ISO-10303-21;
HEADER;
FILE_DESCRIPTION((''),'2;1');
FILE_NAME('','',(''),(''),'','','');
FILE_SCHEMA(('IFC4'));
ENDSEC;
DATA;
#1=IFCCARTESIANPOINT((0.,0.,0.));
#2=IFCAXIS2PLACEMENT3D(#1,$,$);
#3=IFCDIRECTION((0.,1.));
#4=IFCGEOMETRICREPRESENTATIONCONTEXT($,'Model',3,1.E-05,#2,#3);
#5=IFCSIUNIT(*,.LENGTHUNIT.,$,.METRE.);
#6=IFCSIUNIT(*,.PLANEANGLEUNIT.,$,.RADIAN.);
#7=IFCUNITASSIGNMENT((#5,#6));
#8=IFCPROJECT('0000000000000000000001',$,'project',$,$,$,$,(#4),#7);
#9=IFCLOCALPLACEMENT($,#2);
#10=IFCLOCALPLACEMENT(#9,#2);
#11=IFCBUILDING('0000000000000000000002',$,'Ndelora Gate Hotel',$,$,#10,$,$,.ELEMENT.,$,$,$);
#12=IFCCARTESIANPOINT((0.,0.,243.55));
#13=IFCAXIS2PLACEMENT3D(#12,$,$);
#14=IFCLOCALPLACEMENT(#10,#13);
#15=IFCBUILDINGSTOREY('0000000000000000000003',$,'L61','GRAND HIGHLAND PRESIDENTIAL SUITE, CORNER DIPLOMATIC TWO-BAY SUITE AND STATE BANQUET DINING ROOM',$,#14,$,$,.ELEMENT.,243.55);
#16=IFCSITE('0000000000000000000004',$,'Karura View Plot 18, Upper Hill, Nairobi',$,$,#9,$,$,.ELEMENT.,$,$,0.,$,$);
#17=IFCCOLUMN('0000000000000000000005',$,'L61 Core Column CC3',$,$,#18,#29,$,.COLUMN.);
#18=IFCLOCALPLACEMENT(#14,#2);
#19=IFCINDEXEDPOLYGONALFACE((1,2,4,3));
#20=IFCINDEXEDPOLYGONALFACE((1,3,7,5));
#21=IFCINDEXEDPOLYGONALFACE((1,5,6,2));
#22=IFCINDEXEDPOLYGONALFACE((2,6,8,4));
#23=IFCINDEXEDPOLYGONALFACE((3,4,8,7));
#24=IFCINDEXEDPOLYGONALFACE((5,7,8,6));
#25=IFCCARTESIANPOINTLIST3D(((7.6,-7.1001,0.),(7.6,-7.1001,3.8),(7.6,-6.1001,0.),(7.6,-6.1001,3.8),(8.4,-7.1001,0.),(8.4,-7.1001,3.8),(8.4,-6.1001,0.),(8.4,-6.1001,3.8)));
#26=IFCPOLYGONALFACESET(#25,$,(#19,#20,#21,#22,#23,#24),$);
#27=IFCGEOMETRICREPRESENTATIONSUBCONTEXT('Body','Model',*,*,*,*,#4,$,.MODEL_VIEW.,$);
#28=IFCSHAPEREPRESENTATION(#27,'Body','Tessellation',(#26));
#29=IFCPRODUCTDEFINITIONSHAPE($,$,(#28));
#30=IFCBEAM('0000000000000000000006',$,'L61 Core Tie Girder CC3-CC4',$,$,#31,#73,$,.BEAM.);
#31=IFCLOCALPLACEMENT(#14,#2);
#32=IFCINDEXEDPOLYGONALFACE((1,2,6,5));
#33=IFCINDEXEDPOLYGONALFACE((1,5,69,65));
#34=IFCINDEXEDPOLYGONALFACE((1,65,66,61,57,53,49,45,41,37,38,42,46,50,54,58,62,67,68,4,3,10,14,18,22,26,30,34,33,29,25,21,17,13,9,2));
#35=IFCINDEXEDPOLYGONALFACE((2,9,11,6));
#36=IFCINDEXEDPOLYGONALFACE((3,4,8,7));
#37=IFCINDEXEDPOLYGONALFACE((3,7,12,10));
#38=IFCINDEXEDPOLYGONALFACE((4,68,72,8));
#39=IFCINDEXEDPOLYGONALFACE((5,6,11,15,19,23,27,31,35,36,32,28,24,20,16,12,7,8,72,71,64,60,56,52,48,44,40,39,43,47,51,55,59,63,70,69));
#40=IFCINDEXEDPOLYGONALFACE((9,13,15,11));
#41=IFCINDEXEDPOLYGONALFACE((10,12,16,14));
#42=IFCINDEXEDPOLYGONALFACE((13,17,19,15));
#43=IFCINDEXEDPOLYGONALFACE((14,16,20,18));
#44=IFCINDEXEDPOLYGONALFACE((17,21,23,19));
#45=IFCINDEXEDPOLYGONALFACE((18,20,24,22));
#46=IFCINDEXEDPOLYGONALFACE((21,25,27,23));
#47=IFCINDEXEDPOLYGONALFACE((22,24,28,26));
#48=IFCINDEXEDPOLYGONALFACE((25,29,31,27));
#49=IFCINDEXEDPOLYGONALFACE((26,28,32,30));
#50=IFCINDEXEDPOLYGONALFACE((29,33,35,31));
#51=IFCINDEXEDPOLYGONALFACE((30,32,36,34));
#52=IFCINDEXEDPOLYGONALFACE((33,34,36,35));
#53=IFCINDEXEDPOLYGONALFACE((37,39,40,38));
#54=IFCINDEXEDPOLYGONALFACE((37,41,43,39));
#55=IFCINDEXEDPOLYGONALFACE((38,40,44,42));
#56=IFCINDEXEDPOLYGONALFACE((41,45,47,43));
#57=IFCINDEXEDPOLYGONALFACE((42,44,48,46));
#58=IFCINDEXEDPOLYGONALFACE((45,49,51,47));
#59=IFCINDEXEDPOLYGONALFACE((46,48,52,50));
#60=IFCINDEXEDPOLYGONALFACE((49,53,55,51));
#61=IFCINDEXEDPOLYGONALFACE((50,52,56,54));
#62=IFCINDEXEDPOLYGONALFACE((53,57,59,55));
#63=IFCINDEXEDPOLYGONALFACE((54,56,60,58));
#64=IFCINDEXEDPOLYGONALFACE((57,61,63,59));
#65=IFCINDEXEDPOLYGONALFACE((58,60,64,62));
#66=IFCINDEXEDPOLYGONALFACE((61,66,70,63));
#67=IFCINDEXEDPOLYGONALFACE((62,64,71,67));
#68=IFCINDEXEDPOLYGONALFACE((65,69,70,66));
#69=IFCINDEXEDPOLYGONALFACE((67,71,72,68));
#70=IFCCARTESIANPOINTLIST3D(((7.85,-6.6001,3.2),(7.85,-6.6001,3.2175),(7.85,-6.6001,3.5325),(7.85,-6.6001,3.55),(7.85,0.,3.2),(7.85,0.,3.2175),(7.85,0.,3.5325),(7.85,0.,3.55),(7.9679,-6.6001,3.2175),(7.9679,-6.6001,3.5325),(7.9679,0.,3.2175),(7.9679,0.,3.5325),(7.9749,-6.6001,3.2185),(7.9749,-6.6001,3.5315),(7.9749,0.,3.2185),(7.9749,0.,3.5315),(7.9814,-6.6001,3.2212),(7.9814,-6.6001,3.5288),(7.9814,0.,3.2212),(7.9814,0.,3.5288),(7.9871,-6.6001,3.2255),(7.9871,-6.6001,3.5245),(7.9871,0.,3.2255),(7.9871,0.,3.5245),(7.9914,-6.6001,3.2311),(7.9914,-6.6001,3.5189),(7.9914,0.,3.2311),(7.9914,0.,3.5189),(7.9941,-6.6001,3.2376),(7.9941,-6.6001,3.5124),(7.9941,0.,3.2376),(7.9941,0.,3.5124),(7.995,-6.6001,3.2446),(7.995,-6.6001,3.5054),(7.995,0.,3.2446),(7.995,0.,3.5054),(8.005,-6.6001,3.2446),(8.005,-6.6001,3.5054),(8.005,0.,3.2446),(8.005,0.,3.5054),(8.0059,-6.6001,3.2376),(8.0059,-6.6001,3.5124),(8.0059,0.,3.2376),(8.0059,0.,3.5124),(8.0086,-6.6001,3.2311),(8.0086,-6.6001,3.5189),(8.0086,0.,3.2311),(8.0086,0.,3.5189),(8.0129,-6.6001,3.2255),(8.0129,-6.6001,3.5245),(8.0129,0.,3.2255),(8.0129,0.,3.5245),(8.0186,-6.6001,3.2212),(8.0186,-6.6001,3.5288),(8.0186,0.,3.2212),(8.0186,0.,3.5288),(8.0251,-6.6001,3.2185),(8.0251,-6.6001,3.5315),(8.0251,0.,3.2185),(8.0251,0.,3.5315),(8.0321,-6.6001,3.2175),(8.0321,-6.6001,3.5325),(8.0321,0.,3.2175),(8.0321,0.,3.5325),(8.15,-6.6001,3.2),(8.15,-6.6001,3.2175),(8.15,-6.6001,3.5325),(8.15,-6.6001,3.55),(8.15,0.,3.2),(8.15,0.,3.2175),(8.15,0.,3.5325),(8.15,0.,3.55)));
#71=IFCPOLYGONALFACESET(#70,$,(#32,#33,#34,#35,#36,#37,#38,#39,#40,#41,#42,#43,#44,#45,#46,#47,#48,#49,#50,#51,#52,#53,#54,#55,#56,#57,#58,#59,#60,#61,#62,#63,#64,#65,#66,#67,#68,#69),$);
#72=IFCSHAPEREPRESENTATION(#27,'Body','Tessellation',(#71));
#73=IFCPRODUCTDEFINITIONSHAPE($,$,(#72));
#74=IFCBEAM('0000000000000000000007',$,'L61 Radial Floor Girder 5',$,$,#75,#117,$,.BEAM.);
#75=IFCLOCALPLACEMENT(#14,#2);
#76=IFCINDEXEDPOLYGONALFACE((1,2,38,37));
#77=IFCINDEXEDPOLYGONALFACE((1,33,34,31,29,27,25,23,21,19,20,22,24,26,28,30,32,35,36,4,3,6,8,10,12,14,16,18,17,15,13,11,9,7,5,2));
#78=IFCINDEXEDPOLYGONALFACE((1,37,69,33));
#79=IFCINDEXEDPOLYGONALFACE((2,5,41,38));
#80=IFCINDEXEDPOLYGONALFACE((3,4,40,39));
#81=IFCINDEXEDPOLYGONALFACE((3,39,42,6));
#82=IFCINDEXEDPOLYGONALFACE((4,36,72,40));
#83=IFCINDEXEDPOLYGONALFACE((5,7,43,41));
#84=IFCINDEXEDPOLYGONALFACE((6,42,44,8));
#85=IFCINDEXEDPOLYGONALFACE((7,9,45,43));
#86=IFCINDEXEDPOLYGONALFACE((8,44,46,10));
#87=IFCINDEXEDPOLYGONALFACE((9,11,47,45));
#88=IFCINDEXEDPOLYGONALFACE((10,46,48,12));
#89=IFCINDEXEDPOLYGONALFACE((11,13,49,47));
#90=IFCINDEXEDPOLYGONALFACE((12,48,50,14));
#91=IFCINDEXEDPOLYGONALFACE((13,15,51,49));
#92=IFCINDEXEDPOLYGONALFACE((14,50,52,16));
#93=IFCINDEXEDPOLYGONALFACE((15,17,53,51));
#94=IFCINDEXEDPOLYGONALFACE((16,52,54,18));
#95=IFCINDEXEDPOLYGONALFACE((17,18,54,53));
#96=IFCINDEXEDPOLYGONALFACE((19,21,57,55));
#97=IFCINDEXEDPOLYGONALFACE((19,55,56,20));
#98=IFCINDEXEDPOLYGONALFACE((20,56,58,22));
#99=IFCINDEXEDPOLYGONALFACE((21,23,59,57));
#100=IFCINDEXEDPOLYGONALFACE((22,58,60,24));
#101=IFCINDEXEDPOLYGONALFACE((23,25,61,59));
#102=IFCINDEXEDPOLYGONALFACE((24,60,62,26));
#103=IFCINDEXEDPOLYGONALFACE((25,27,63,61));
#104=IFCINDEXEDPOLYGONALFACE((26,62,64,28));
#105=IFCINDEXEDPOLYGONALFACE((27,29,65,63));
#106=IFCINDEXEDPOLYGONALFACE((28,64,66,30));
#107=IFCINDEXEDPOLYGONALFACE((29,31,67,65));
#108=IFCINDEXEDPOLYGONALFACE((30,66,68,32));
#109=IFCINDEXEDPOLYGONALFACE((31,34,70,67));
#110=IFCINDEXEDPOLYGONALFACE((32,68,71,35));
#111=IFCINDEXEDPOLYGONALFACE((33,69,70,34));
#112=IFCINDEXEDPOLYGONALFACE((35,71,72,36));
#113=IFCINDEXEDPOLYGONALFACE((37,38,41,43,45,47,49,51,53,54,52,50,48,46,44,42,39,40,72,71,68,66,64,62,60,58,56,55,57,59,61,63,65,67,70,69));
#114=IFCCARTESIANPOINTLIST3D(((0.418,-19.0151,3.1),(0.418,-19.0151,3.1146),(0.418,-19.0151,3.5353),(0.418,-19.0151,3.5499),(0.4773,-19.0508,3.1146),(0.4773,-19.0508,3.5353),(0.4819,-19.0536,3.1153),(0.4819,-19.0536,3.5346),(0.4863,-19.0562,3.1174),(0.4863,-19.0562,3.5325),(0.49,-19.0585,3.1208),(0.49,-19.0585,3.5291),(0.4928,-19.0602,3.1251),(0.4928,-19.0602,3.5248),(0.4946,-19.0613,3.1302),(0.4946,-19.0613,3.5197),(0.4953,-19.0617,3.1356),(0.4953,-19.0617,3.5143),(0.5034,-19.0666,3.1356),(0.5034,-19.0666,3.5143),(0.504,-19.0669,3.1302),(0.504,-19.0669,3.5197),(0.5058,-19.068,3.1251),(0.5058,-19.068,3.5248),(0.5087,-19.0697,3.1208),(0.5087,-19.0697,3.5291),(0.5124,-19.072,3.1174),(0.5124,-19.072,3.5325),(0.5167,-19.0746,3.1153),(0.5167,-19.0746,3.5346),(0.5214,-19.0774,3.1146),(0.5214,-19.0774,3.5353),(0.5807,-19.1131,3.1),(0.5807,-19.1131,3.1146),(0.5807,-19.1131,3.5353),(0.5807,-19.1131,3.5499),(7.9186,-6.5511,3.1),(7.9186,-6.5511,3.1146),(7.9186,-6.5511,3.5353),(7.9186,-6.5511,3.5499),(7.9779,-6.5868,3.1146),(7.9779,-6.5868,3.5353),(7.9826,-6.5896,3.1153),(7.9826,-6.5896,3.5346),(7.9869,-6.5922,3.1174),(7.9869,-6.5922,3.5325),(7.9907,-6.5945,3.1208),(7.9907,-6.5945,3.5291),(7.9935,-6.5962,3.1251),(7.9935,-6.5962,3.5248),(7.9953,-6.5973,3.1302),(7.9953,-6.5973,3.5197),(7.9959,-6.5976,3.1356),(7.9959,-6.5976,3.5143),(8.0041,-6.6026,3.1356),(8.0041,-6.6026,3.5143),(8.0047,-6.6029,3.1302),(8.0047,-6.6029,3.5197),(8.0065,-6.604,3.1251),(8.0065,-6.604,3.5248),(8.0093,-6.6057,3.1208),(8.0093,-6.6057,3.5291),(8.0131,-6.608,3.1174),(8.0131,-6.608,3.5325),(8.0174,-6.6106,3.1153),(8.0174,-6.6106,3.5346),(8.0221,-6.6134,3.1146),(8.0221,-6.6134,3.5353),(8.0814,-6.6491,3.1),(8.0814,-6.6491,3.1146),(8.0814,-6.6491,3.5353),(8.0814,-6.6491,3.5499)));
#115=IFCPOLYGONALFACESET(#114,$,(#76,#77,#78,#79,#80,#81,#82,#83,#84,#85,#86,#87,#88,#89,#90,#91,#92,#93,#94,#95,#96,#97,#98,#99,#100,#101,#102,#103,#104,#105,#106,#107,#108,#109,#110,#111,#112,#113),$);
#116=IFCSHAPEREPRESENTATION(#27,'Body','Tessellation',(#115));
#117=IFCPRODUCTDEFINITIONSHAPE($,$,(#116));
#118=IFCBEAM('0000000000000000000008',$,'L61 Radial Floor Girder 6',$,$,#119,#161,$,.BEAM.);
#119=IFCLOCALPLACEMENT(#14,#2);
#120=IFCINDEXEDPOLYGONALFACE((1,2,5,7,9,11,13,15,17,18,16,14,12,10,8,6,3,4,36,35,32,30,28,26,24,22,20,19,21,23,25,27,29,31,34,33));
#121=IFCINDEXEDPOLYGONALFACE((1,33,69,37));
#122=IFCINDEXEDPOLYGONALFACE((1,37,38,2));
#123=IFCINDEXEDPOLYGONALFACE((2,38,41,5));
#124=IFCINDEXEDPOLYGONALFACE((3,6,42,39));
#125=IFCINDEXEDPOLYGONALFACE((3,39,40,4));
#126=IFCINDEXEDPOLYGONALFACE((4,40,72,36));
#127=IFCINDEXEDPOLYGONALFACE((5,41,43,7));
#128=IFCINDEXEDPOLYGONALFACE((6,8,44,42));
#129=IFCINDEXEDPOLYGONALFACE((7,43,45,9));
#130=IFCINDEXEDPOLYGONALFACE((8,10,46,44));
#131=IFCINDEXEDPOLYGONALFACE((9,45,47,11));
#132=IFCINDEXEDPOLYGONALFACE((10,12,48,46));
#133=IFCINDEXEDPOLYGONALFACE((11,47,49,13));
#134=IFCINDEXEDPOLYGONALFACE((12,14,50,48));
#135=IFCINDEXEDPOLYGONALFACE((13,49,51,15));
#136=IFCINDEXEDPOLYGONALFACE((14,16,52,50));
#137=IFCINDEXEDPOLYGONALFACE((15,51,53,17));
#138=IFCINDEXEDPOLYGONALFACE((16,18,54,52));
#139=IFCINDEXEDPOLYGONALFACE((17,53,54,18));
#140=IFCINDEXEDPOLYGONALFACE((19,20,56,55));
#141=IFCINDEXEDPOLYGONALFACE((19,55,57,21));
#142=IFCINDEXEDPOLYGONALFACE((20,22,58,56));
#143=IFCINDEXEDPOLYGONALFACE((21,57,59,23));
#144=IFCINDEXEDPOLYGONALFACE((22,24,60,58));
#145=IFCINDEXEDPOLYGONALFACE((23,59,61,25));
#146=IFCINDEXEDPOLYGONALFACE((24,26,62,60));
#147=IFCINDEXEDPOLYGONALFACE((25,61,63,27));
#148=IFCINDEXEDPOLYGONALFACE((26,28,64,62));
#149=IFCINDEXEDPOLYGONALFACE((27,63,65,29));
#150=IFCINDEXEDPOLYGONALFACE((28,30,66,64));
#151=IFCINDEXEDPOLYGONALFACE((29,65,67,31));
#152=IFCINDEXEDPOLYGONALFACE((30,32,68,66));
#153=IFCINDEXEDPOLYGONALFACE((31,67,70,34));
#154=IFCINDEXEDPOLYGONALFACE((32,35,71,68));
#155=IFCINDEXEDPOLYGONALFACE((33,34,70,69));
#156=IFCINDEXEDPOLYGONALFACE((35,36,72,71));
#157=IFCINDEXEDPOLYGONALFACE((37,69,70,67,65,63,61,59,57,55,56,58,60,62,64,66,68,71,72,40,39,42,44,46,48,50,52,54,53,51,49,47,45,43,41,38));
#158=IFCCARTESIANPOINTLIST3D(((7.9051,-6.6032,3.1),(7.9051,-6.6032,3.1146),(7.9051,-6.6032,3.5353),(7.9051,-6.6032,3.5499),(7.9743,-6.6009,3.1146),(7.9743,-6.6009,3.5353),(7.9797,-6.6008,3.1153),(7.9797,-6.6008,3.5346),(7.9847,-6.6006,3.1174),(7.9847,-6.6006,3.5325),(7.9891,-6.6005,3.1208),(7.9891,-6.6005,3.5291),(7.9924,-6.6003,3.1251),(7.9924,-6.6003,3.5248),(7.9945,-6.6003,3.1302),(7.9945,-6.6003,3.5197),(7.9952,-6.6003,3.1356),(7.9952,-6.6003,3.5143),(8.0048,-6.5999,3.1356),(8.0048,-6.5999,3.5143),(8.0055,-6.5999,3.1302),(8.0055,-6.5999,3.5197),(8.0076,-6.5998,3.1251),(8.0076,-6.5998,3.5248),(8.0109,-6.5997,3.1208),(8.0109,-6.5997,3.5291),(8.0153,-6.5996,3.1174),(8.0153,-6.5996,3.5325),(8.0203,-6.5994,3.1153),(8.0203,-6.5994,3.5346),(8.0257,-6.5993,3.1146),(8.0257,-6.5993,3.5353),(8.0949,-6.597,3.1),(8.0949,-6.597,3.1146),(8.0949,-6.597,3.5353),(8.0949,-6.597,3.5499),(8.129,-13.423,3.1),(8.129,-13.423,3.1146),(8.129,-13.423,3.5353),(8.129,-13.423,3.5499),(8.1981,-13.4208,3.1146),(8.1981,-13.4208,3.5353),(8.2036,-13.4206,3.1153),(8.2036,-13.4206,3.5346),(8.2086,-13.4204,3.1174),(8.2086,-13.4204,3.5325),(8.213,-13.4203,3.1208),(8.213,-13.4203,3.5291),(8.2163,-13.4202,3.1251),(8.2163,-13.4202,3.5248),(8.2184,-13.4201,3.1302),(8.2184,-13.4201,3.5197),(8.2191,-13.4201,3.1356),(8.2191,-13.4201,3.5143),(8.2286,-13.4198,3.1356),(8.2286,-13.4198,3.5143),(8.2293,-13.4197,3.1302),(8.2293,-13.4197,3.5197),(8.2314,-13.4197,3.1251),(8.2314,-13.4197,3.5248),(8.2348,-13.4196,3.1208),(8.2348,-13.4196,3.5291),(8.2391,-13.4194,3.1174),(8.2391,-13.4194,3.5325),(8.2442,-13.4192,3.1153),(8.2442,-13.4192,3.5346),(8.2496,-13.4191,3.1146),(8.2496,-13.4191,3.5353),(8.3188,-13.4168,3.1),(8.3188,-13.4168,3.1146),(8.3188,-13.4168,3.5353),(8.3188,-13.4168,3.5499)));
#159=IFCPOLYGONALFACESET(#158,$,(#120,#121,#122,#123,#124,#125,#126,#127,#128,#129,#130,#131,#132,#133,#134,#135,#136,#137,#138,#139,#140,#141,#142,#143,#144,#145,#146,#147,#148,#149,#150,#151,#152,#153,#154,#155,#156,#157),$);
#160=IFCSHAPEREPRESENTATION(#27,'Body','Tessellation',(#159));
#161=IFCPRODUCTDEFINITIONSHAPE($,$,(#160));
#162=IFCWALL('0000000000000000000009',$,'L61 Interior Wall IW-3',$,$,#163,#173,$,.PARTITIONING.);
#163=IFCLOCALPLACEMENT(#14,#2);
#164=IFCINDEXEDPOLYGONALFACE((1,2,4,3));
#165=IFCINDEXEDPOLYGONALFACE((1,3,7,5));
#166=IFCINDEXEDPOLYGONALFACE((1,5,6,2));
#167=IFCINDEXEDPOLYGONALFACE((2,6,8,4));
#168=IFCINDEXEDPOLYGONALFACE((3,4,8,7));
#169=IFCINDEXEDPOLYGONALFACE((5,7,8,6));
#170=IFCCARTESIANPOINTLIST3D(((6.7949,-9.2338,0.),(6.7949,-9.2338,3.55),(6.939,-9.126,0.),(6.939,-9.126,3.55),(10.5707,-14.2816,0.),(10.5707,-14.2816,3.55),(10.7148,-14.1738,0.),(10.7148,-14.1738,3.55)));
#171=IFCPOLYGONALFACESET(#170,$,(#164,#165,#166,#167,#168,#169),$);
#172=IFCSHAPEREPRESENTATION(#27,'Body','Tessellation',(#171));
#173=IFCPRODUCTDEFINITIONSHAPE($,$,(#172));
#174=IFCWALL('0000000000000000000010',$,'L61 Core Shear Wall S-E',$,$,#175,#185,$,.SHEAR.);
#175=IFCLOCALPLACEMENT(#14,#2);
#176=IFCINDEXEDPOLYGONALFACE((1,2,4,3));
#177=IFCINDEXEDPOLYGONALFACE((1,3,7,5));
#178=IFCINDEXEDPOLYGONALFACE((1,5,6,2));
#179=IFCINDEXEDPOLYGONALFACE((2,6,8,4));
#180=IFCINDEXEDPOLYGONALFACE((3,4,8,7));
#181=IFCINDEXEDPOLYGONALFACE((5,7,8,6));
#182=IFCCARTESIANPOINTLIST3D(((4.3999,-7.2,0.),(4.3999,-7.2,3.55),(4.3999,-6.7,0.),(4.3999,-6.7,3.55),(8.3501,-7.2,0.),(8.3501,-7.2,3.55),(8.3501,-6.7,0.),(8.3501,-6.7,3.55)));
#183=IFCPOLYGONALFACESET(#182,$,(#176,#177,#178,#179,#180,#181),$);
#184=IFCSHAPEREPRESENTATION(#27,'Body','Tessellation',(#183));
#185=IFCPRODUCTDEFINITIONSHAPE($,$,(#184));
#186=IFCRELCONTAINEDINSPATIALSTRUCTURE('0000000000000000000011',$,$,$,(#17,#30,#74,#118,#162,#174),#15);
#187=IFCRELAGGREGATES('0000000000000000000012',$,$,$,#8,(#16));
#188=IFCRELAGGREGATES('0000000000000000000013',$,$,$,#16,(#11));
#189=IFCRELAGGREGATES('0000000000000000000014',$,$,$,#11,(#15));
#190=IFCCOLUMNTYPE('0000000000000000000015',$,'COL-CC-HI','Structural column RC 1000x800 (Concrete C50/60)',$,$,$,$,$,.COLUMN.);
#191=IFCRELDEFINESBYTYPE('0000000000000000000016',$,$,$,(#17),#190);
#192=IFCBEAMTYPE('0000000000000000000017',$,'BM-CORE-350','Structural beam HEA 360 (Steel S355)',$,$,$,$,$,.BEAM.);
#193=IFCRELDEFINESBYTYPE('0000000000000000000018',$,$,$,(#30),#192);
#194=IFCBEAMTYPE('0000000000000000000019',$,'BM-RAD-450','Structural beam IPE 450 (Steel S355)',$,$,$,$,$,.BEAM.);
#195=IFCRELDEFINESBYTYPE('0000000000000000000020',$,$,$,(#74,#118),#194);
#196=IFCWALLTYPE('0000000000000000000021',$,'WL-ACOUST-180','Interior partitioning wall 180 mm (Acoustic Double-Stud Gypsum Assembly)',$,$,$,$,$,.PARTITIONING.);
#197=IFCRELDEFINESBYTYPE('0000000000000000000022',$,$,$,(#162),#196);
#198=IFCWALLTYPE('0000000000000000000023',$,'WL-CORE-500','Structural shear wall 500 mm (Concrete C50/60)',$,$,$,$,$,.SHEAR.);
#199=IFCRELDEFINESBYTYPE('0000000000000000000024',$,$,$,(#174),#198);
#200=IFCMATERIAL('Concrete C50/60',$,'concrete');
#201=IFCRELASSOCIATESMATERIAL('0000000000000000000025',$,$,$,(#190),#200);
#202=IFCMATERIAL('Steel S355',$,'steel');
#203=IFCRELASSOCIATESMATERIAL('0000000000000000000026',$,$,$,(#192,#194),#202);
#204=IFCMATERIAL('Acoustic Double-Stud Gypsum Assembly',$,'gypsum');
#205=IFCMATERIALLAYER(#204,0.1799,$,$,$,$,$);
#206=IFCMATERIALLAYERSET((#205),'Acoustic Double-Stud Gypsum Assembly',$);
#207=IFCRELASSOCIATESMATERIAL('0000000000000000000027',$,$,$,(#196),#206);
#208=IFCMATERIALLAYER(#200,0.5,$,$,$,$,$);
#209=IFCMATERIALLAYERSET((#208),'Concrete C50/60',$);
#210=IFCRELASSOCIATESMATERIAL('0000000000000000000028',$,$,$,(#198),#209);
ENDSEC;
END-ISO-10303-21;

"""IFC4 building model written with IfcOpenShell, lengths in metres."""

from ifc_helpers import new_model, si_unit, direction, frame, frame_2d, origin, origin_2d, place, context, subcontext, project, spatial, rectangle, i_section, extrude, material, layer, layer_set, material_profile, profile_set, type_object, element, save


model = new_model("IFC4")

# Units and contexts
model_context = context("Model", 3, precision=1e-05, world=origin(), true_north=direction((0.0, 1.0)))
body_context = subcontext(model_context, "Body", "Model", "MODEL_VIEW")
ifc_project = project(units=[si_unit("LENGTHUNIT", "METRE"), si_unit("PLANEANGLEUNIT", "RADIAN")], contexts=[model_context])

# Site, building, storey
site_placement = place(None, origin())
site = spatial("IfcSite", under=ifc_project, at=site_placement, Name="Karura View Plot 18, Upper Hill, Nairobi", CompositionType="ELEMENT", RefElevation=0.0)
building_placement = place(site_placement, origin())
building = spatial("IfcBuilding", under=site, at=building_placement, Name="Ndelora Gate Hotel", CompositionType="ELEMENT")
storey_placement = place(building_placement, frame((0.0, 0.0, 243.55)))
storey = spatial("IfcBuildingStorey", under=building, at=storey_placement, Name="L61", Description="GRAND HIGHLAND PRESIDENTIAL SUITE, CORNER DIPLOMATIC TWO-BAY SUITE AND STATE BANQUET DINING ROOM", CompositionType="ELEMENT", Elevation=243.55)

# Column
ifc_material_1 = material(Name="Concrete C50/60", Category="concrete")
ifc_material_profile_1 = material_profile(ifc_material_1, rectangle(XDim=0.8, YDim=1.0, at=origin_2d()), Name="RC 1000x800")
ifc_profile_set_1 = profile_set([ifc_material_profile_1], Name="Concrete C50/60")
column_type = type_object("IfcColumnType", Name="COL-CC-HI", Description="Structural column RC 1000x800 (Concrete C50/60)", PredefinedType="COLUMN", material=ifc_profile_set_1)
column_placement = place(storey_placement, frame((8.0, -6.6001, 0.0), z_axis=(0.0, 0.0, 1.0), x_axis=(1.0, 0.0, 0.0)))
element("IfcColumn", 1, at=column_placement, inside=storey, type_object=column_type, Name="L61 Core Column CC3", PredefinedType="COLUMN", context=body_context, shape_type="SweptSolid", body=[
    extrude(rectangle(XDim=0.8, YDim=1.0, at=origin_2d()), origin(), (0.0, 0.0, 1.0), 3.8),
])

# Beams
ifc_material_2 = material(Name="Steel S355", Category="steel")
ifc_material_profile_2 = material_profile(ifc_material_2, i_section(OverallWidth=0.3, OverallDepth=0.3501, WebThickness=0.01, FlangeThickness=0.0176, FilletRadius=0.0271, at=origin_2d()), Name="HEA 360")
ifc_profile_set_2 = profile_set([ifc_material_profile_2], Name="Steel S355")
beam_type_1 = type_object("IfcBeamType", Name="BM-CORE-350", Description="Structural beam HEA 360 (Steel S355)", PredefinedType="BEAM", material=ifc_profile_set_2)
beam_1_placement = place(storey_placement, frame((8.0, -6.6001, 3.375), z_axis=(0.0, 1.0, 0.0), x_axis=(-1.0, 0.0, 0.0)))
element("IfcBeam", 2, at=beam_1_placement, inside=storey, type_object=beam_type_1, Name="L61 Core Tie Girder CC3-CC4", PredefinedType="BEAM", context=body_context, shape_type="SweptSolid", body=[
    extrude(i_section(OverallWidth=0.3, OverallDepth=0.3501, WebThickness=0.01, FlangeThickness=0.0176, FilletRadius=0.0271, at=origin_2d()), origin(), (0.0, 0.0, 1.0), 6.6001),
])
ifc_material_profile_3 = material_profile(ifc_material_2, i_section(OverallWidth=0.1899, OverallDepth=0.45, WebThickness=0.0095, FlangeThickness=0.0146, FilletRadius=0.021, at=origin_2d()), Name="IPE 450")
ifc_profile_set_3 = profile_set([ifc_material_profile_3], Name="Steel S355")
beam_type_2 = type_object("IfcBeamType", Name="BM-RAD-450", Description="Structural beam IPE 450 (Steel S355)", PredefinedType="BEAM", material=ifc_profile_set_3)
beam_2_placement = place(storey_placement, frame((8.0, -6.6001, 3.325), z_axis=(-0.515621, -0.856817, 0.0), x_axis=(0.856817, -0.515621, 0.0)))
element("IfcBeam", 3, at=beam_2_placement, inside=storey, type_object=beam_type_2, Name="L61 Radial Floor Girder 5", PredefinedType="BEAM", context=body_context, shape_type="SweptSolid", body=[
    extrude(i_section(OverallWidth=0.1899, OverallDepth=0.45, WebThickness=0.0095, FlangeThickness=0.0146, FilletRadius=0.021, at=origin_2d()), origin(), (0.0, 0.0, 1.0), 14.5469),
])
beam_3_placement = place(storey_placement, frame((8.0, -6.6001, 3.325), z_axis=(0.03281, -0.999462, 0.0), x_axis=(0.999462, 0.03281, 0.0)))
element("IfcBeam", 4, at=beam_3_placement, inside=storey, type_object=beam_type_2, Name="L61 Radial Floor Girder 6", PredefinedType="BEAM", context=body_context, shape_type="SweptSolid", body=[
    extrude(i_section(OverallWidth=0.1899, OverallDepth=0.45, WebThickness=0.0095, FlangeThickness=0.0146, FilletRadius=0.021, at=origin_2d()), origin(), (0.0, 0.0, 1.0), 6.8235),
])

# Walls
ifc_material_3 = material(Name="Acoustic Double-Stud Gypsum Assembly", Category="gypsum")
ifc_layer_1 = layer(ifc_material_3, 0.1799)
ifc_layer_set_1 = layer_set([ifc_layer_1], Name="Acoustic Double-Stud Gypsum Assembly")
wall_type_1 = type_object("IfcWallType", Name="WL-ACOUST-180", Description="Interior partitioning wall 180 mm (Acoustic Double-Stud Gypsum Assembly)", PredefinedType="PARTITIONING", material=ifc_layer_set_1)
wall_1_placement = place(storey_placement, frame((6.8669, -9.1799, 0.0), z_axis=(0.0, 0.0, 1.0), x_axis=(0.598983, -0.800762, 0.0)))
element("IfcWall", 5, at=wall_1_placement, inside=storey, type_object=wall_type_1, Name="L61 Interior Wall IW-3", PredefinedType="PARTITIONING", context=body_context, shape_type="SweptSolid", body=[
    extrude(rectangle(XDim=6.3037, YDim=0.1799, at=frame_2d((3.1519, 0.0))), origin(), (0.0, 0.0, 1.0), 3.55),
])
ifc_layer_2 = layer(ifc_material_1, 0.5)
ifc_layer_set_2 = layer_set([ifc_layer_2], Name="Concrete C50/60")
wall_type_2 = type_object("IfcWallType", Name="WL-CORE-500", Description="Structural shear wall 500 mm (Concrete C50/60)", PredefinedType="SHEAR", material=ifc_layer_set_2)
wall_2_placement = place(storey_placement, frame((4.3999, -6.95, 0.0), z_axis=(0.0, 0.0, 1.0), x_axis=(1.0, 0.0, 0.0)))
element("IfcWall", 6, at=wall_2_placement, inside=storey, type_object=wall_type_2, Name="L61 Core Shear Wall S-E", PredefinedType="SHEAR", context=body_context, shape_type="SweptSolid", body=[
    extrude(rectangle(XDim=3.9502, YDim=0.5, at=frame_2d((1.9751, 0.0))), origin(), (0.0, 0.0, 1.0), 3.55),
])

save(model, "model.ifc")
